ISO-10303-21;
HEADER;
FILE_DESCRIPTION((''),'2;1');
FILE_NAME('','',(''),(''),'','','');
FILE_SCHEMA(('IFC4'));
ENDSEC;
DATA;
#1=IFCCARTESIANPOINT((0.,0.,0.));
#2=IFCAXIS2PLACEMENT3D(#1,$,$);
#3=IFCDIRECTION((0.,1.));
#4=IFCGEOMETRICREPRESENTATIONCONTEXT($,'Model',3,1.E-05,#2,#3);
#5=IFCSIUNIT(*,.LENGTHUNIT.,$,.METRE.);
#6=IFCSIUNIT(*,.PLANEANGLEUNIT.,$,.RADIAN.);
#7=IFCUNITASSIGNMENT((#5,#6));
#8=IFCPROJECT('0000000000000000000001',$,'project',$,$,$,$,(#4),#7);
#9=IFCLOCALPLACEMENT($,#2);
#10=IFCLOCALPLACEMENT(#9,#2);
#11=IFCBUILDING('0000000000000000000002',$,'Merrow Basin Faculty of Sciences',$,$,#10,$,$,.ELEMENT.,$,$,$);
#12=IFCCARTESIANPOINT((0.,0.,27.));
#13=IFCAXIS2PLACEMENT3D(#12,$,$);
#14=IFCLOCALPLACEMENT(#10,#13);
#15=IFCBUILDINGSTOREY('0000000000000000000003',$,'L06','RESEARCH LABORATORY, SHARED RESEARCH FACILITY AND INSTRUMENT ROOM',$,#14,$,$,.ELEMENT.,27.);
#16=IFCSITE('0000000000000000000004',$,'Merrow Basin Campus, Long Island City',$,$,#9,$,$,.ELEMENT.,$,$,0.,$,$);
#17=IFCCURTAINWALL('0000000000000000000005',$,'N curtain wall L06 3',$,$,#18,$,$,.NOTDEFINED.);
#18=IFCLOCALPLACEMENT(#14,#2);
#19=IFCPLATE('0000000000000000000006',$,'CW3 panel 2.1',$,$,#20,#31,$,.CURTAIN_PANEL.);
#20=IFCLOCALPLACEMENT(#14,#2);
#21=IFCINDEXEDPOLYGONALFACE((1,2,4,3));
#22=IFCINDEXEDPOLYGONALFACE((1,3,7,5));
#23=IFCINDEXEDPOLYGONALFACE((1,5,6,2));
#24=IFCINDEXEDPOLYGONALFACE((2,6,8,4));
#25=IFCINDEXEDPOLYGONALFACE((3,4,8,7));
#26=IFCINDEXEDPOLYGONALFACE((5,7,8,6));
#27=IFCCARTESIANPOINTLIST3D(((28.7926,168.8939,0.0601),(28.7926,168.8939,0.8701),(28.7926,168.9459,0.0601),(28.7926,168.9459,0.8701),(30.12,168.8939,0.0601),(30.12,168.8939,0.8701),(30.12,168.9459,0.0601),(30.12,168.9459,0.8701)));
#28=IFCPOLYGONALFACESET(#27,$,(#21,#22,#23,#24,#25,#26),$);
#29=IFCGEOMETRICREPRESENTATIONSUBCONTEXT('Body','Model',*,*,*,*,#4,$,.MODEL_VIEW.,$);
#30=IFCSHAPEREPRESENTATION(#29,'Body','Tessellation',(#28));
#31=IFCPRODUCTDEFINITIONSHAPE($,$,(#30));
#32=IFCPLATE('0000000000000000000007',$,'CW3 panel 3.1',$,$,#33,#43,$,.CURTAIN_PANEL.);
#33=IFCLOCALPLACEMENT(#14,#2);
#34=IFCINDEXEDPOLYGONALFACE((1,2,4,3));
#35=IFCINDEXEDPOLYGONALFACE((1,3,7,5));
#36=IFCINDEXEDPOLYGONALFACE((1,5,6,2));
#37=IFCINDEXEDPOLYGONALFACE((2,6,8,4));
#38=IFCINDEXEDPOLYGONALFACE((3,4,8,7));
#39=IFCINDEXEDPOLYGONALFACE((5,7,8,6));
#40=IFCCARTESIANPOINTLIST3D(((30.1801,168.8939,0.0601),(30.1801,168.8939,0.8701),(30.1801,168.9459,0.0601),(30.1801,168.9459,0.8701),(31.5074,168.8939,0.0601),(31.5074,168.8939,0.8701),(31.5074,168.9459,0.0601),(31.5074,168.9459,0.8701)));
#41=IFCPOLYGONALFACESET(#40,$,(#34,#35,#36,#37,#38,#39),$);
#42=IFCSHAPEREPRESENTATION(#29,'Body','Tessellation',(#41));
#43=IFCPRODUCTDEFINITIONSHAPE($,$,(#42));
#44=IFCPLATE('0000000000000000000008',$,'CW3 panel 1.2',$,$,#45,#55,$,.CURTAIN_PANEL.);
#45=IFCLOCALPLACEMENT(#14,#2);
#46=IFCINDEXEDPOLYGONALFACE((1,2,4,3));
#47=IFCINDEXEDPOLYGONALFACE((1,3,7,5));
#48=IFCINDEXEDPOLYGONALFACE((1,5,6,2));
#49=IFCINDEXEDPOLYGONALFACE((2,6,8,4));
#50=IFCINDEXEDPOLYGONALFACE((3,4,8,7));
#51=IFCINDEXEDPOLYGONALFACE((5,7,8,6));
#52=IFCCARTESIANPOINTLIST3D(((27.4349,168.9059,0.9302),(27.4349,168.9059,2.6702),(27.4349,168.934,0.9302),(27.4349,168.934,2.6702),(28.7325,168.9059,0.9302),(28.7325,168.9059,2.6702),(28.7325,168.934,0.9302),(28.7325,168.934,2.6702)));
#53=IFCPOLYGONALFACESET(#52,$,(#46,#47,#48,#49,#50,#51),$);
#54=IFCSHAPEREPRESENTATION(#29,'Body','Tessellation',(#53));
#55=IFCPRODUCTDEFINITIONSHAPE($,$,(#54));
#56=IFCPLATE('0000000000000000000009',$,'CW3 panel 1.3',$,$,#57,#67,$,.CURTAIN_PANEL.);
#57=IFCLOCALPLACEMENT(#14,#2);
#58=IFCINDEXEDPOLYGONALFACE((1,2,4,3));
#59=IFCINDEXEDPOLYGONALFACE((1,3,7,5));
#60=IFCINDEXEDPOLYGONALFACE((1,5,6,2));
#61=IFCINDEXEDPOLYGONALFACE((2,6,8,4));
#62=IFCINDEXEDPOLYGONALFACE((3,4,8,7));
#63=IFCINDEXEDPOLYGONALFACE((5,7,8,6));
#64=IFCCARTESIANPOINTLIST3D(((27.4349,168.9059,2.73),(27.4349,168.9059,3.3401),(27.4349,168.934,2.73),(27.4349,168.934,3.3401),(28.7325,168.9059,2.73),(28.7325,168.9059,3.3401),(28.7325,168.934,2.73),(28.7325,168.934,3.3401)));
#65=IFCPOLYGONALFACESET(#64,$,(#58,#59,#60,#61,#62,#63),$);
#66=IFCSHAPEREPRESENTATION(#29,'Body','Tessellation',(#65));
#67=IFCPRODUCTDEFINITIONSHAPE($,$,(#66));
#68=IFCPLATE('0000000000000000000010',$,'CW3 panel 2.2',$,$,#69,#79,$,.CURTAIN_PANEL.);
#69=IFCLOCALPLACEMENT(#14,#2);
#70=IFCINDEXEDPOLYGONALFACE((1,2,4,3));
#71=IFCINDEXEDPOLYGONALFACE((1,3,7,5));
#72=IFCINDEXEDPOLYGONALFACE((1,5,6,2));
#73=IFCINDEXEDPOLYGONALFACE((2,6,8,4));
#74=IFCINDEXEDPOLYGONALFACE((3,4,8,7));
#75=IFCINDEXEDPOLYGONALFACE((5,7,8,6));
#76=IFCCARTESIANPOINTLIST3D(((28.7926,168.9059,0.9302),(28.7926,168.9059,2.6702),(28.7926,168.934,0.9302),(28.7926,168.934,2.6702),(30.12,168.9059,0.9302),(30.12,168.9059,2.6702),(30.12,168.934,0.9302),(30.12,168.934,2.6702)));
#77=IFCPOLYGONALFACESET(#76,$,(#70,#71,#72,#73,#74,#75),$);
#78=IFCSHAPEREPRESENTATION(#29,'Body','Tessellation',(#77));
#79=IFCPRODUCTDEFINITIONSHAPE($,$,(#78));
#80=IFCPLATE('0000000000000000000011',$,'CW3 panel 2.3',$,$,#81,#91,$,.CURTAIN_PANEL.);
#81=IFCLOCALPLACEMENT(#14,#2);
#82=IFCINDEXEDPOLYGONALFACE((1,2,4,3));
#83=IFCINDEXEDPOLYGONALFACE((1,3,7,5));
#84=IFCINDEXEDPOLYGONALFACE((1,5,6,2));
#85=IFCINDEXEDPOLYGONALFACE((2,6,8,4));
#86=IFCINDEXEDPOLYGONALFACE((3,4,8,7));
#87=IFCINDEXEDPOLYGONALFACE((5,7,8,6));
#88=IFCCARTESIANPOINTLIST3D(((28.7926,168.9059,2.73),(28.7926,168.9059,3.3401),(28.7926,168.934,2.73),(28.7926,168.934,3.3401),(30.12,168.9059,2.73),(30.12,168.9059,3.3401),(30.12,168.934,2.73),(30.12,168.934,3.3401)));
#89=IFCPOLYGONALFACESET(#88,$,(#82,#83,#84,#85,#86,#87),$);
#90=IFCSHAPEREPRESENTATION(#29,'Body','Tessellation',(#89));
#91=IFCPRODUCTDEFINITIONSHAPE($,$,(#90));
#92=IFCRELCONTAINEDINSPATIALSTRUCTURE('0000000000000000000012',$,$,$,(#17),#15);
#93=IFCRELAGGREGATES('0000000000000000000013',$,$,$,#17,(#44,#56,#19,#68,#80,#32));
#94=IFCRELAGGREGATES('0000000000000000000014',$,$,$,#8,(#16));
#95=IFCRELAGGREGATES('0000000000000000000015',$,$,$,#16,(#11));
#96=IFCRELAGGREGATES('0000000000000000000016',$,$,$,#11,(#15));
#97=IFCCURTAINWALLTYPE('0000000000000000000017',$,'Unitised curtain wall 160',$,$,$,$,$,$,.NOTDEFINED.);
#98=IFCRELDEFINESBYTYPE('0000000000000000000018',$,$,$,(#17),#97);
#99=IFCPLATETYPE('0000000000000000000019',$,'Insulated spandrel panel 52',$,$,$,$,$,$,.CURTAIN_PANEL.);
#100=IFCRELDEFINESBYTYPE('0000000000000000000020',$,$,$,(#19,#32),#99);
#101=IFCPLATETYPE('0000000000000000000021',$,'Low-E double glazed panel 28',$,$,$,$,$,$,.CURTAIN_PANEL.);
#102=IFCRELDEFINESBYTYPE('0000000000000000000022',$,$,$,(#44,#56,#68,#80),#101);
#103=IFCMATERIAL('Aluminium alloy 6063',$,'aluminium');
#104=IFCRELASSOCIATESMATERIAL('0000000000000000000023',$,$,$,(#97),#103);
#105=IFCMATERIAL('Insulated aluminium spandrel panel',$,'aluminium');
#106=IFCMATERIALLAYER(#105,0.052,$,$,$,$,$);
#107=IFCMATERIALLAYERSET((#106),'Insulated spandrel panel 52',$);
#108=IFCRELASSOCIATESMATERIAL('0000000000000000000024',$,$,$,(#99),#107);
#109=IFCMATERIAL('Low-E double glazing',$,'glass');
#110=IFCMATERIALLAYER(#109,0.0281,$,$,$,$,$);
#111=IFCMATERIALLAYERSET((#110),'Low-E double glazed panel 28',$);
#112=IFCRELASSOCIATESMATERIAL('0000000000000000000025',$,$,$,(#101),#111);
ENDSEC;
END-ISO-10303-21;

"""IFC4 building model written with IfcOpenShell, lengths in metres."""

from ifc_helpers import new_model, si_unit, direction, frame, origin, origin_2d, place, context, subcontext, project, spatial, rectangle, extrude, material, layer, layer_set, type_object, element, aggregate, save


model = new_model("IFC4")

# Units and contexts
model_context = context("Model", 3, precision=1e-05, world=origin(), true_north=direction((0.0, 1.0)))
body_context = subcontext(model_context, "Body", "Model", "MODEL_VIEW")
ifc_project = project(units=[si_unit("LENGTHUNIT", "METRE"), si_unit("PLANEANGLEUNIT", "RADIAN")], contexts=[model_context])

# Site, building, storey
site_placement = place(None, origin())
site = spatial("IfcSite", under=ifc_project, at=site_placement, Name="Merrow Basin Campus, Long Island City", CompositionType="ELEMENT", RefElevation=0.0)
building_placement = place(site_placement, origin())
building = spatial("IfcBuilding", under=site, at=building_placement, Name="Merrow Basin Faculty of Sciences", CompositionType="ELEMENT")
storey_placement = place(building_placement, frame((0.0, 0.0, 27.0)))
storey = spatial("IfcBuildingStorey", under=building, at=storey_placement, Name="L06", Description="RESEARCH LABORATORY, SHARED RESEARCH FACILITY AND INSTRUMENT ROOM", CompositionType="ELEMENT", Elevation=27.0)

# Curtain wall
ifc_material_1 = material(Name="Aluminium alloy 6063", Category="aluminium")
curtain_wall_type = type_object("IfcCurtainWallType", Name="Unitised curtain wall 160", PredefinedType="NOTDEFINED", material=ifc_material_1)
curtain_wall_placement = place(storey_placement, origin())
curtain_wall = element("IfcCurtainWall", 1, at=curtain_wall_placement, inside=storey, type_object=curtain_wall_type, Name="N curtain wall L06 3", PredefinedType="NOTDEFINED")

# Plates
ifc_material_2 = material(Name="Insulated aluminium spandrel panel", Category="aluminium")
ifc_layer_1 = layer(ifc_material_2, 0.052)
ifc_layer_set_1 = layer_set([ifc_layer_1], Name="Insulated spandrel panel 52")
plate_type_1 = type_object("IfcPlateType", Name="Insulated spandrel panel 52", PredefinedType="CURTAIN_PANEL", material=ifc_layer_set_1)
plate_1_placement = place(storey_placement, frame((29.4563, 168.9199, 0.0601), z_axis=(0.0, 0.0, 1.0), x_axis=(1.0, 0.0, 0.0)))
plate_1 = element("IfcPlate", 2, at=plate_1_placement, type_object=plate_type_1, Name="CW3 panel 2.1", PredefinedType="CURTAIN_PANEL", context=body_context, shape_type="SweptSolid", body=[
    extrude(rectangle(XDim=1.3274, YDim=0.052, at=origin_2d()), origin(), (0.0, 0.0, 1.0), 0.8101),
])
plate_2_placement = place(storey_placement, frame((30.8438, 168.9199, 0.0601), z_axis=(0.0, 0.0, 1.0), x_axis=(1.0, 0.0, 0.0)))
plate_2 = element("IfcPlate", 3, at=plate_2_placement, type_object=plate_type_1, Name="CW3 panel 3.1", PredefinedType="CURTAIN_PANEL", context=body_context, shape_type="SweptSolid", body=[
    extrude(rectangle(XDim=1.3274, YDim=0.052, at=origin_2d()), origin(), (0.0, 0.0, 1.0), 0.8101),
])
ifc_material_3 = material(Name="Low-E double glazing", Category="glass")
ifc_layer_2 = layer(ifc_material_3, 0.0281)
ifc_layer_set_2 = layer_set([ifc_layer_2], Name="Low-E double glazed panel 28")
plate_type_2 = type_object("IfcPlateType", Name="Low-E double glazed panel 28", PredefinedType="CURTAIN_PANEL", material=ifc_layer_set_2)
plate_3_placement = place(storey_placement, frame((28.0837, 168.9199, 0.9302), z_axis=(0.0, 0.0, 1.0), x_axis=(1.0, 0.0, 0.0)))
plate_3 = element("IfcPlate", 4, at=plate_3_placement, type_object=plate_type_2, Name="CW3 panel 1.2", PredefinedType="CURTAIN_PANEL", context=body_context, shape_type="SweptSolid", body=[
    extrude(rectangle(XDim=1.2976, YDim=0.0281, at=origin_2d()), origin(), (0.0, 0.0, 1.0), 1.74),
])
plate_4_placement = place(storey_placement, frame((28.0837, 168.9199, 2.73), z_axis=(0.0, 0.0, 1.0), x_axis=(1.0, 0.0, 0.0)))
plate_4 = element("IfcPlate", 5, at=plate_4_placement, type_object=plate_type_2, Name="CW3 panel 1.3", PredefinedType="CURTAIN_PANEL", context=body_context, shape_type="SweptSolid", body=[
    extrude(rectangle(XDim=1.2976, YDim=0.0281, at=origin_2d()), origin(), (0.0, 0.0, 1.0), 0.6101),
])
plate_5_placement = place(storey_placement, frame((29.4563, 168.9199, 0.9302), z_axis=(0.0, 0.0, 1.0), x_axis=(1.0, 0.0, 0.0)))
plate_5 = element("IfcPlate", 6, at=plate_5_placement, type_object=plate_type_2, Name="CW3 panel 2.2", PredefinedType="CURTAIN_PANEL", context=body_context, shape_type="SweptSolid", body=[
    extrude(rectangle(XDim=1.3274, YDim=0.0281, at=origin_2d()), origin(), (0.0, 0.0, 1.0), 1.74),
])
plate_6_placement = place(storey_placement, frame((29.4563, 168.9199, 2.73), z_axis=(0.0, 0.0, 1.0), x_axis=(1.0, 0.0, 0.0)))
plate_6 = element("IfcPlate", 7, at=plate_6_placement, type_object=plate_type_2, Name="CW3 panel 2.3", PredefinedType="CURTAIN_PANEL", context=body_context, shape_type="SweptSolid", body=[
    extrude(rectangle(XDim=1.3274, YDim=0.0281, at=origin_2d()), origin(), (0.0, 0.0, 1.0), 0.6101),
])
aggregate(curtain_wall, [plate_3, plate_4, plate_1, plate_5, plate_6, plate_2])

save(model, "model.ifc")
